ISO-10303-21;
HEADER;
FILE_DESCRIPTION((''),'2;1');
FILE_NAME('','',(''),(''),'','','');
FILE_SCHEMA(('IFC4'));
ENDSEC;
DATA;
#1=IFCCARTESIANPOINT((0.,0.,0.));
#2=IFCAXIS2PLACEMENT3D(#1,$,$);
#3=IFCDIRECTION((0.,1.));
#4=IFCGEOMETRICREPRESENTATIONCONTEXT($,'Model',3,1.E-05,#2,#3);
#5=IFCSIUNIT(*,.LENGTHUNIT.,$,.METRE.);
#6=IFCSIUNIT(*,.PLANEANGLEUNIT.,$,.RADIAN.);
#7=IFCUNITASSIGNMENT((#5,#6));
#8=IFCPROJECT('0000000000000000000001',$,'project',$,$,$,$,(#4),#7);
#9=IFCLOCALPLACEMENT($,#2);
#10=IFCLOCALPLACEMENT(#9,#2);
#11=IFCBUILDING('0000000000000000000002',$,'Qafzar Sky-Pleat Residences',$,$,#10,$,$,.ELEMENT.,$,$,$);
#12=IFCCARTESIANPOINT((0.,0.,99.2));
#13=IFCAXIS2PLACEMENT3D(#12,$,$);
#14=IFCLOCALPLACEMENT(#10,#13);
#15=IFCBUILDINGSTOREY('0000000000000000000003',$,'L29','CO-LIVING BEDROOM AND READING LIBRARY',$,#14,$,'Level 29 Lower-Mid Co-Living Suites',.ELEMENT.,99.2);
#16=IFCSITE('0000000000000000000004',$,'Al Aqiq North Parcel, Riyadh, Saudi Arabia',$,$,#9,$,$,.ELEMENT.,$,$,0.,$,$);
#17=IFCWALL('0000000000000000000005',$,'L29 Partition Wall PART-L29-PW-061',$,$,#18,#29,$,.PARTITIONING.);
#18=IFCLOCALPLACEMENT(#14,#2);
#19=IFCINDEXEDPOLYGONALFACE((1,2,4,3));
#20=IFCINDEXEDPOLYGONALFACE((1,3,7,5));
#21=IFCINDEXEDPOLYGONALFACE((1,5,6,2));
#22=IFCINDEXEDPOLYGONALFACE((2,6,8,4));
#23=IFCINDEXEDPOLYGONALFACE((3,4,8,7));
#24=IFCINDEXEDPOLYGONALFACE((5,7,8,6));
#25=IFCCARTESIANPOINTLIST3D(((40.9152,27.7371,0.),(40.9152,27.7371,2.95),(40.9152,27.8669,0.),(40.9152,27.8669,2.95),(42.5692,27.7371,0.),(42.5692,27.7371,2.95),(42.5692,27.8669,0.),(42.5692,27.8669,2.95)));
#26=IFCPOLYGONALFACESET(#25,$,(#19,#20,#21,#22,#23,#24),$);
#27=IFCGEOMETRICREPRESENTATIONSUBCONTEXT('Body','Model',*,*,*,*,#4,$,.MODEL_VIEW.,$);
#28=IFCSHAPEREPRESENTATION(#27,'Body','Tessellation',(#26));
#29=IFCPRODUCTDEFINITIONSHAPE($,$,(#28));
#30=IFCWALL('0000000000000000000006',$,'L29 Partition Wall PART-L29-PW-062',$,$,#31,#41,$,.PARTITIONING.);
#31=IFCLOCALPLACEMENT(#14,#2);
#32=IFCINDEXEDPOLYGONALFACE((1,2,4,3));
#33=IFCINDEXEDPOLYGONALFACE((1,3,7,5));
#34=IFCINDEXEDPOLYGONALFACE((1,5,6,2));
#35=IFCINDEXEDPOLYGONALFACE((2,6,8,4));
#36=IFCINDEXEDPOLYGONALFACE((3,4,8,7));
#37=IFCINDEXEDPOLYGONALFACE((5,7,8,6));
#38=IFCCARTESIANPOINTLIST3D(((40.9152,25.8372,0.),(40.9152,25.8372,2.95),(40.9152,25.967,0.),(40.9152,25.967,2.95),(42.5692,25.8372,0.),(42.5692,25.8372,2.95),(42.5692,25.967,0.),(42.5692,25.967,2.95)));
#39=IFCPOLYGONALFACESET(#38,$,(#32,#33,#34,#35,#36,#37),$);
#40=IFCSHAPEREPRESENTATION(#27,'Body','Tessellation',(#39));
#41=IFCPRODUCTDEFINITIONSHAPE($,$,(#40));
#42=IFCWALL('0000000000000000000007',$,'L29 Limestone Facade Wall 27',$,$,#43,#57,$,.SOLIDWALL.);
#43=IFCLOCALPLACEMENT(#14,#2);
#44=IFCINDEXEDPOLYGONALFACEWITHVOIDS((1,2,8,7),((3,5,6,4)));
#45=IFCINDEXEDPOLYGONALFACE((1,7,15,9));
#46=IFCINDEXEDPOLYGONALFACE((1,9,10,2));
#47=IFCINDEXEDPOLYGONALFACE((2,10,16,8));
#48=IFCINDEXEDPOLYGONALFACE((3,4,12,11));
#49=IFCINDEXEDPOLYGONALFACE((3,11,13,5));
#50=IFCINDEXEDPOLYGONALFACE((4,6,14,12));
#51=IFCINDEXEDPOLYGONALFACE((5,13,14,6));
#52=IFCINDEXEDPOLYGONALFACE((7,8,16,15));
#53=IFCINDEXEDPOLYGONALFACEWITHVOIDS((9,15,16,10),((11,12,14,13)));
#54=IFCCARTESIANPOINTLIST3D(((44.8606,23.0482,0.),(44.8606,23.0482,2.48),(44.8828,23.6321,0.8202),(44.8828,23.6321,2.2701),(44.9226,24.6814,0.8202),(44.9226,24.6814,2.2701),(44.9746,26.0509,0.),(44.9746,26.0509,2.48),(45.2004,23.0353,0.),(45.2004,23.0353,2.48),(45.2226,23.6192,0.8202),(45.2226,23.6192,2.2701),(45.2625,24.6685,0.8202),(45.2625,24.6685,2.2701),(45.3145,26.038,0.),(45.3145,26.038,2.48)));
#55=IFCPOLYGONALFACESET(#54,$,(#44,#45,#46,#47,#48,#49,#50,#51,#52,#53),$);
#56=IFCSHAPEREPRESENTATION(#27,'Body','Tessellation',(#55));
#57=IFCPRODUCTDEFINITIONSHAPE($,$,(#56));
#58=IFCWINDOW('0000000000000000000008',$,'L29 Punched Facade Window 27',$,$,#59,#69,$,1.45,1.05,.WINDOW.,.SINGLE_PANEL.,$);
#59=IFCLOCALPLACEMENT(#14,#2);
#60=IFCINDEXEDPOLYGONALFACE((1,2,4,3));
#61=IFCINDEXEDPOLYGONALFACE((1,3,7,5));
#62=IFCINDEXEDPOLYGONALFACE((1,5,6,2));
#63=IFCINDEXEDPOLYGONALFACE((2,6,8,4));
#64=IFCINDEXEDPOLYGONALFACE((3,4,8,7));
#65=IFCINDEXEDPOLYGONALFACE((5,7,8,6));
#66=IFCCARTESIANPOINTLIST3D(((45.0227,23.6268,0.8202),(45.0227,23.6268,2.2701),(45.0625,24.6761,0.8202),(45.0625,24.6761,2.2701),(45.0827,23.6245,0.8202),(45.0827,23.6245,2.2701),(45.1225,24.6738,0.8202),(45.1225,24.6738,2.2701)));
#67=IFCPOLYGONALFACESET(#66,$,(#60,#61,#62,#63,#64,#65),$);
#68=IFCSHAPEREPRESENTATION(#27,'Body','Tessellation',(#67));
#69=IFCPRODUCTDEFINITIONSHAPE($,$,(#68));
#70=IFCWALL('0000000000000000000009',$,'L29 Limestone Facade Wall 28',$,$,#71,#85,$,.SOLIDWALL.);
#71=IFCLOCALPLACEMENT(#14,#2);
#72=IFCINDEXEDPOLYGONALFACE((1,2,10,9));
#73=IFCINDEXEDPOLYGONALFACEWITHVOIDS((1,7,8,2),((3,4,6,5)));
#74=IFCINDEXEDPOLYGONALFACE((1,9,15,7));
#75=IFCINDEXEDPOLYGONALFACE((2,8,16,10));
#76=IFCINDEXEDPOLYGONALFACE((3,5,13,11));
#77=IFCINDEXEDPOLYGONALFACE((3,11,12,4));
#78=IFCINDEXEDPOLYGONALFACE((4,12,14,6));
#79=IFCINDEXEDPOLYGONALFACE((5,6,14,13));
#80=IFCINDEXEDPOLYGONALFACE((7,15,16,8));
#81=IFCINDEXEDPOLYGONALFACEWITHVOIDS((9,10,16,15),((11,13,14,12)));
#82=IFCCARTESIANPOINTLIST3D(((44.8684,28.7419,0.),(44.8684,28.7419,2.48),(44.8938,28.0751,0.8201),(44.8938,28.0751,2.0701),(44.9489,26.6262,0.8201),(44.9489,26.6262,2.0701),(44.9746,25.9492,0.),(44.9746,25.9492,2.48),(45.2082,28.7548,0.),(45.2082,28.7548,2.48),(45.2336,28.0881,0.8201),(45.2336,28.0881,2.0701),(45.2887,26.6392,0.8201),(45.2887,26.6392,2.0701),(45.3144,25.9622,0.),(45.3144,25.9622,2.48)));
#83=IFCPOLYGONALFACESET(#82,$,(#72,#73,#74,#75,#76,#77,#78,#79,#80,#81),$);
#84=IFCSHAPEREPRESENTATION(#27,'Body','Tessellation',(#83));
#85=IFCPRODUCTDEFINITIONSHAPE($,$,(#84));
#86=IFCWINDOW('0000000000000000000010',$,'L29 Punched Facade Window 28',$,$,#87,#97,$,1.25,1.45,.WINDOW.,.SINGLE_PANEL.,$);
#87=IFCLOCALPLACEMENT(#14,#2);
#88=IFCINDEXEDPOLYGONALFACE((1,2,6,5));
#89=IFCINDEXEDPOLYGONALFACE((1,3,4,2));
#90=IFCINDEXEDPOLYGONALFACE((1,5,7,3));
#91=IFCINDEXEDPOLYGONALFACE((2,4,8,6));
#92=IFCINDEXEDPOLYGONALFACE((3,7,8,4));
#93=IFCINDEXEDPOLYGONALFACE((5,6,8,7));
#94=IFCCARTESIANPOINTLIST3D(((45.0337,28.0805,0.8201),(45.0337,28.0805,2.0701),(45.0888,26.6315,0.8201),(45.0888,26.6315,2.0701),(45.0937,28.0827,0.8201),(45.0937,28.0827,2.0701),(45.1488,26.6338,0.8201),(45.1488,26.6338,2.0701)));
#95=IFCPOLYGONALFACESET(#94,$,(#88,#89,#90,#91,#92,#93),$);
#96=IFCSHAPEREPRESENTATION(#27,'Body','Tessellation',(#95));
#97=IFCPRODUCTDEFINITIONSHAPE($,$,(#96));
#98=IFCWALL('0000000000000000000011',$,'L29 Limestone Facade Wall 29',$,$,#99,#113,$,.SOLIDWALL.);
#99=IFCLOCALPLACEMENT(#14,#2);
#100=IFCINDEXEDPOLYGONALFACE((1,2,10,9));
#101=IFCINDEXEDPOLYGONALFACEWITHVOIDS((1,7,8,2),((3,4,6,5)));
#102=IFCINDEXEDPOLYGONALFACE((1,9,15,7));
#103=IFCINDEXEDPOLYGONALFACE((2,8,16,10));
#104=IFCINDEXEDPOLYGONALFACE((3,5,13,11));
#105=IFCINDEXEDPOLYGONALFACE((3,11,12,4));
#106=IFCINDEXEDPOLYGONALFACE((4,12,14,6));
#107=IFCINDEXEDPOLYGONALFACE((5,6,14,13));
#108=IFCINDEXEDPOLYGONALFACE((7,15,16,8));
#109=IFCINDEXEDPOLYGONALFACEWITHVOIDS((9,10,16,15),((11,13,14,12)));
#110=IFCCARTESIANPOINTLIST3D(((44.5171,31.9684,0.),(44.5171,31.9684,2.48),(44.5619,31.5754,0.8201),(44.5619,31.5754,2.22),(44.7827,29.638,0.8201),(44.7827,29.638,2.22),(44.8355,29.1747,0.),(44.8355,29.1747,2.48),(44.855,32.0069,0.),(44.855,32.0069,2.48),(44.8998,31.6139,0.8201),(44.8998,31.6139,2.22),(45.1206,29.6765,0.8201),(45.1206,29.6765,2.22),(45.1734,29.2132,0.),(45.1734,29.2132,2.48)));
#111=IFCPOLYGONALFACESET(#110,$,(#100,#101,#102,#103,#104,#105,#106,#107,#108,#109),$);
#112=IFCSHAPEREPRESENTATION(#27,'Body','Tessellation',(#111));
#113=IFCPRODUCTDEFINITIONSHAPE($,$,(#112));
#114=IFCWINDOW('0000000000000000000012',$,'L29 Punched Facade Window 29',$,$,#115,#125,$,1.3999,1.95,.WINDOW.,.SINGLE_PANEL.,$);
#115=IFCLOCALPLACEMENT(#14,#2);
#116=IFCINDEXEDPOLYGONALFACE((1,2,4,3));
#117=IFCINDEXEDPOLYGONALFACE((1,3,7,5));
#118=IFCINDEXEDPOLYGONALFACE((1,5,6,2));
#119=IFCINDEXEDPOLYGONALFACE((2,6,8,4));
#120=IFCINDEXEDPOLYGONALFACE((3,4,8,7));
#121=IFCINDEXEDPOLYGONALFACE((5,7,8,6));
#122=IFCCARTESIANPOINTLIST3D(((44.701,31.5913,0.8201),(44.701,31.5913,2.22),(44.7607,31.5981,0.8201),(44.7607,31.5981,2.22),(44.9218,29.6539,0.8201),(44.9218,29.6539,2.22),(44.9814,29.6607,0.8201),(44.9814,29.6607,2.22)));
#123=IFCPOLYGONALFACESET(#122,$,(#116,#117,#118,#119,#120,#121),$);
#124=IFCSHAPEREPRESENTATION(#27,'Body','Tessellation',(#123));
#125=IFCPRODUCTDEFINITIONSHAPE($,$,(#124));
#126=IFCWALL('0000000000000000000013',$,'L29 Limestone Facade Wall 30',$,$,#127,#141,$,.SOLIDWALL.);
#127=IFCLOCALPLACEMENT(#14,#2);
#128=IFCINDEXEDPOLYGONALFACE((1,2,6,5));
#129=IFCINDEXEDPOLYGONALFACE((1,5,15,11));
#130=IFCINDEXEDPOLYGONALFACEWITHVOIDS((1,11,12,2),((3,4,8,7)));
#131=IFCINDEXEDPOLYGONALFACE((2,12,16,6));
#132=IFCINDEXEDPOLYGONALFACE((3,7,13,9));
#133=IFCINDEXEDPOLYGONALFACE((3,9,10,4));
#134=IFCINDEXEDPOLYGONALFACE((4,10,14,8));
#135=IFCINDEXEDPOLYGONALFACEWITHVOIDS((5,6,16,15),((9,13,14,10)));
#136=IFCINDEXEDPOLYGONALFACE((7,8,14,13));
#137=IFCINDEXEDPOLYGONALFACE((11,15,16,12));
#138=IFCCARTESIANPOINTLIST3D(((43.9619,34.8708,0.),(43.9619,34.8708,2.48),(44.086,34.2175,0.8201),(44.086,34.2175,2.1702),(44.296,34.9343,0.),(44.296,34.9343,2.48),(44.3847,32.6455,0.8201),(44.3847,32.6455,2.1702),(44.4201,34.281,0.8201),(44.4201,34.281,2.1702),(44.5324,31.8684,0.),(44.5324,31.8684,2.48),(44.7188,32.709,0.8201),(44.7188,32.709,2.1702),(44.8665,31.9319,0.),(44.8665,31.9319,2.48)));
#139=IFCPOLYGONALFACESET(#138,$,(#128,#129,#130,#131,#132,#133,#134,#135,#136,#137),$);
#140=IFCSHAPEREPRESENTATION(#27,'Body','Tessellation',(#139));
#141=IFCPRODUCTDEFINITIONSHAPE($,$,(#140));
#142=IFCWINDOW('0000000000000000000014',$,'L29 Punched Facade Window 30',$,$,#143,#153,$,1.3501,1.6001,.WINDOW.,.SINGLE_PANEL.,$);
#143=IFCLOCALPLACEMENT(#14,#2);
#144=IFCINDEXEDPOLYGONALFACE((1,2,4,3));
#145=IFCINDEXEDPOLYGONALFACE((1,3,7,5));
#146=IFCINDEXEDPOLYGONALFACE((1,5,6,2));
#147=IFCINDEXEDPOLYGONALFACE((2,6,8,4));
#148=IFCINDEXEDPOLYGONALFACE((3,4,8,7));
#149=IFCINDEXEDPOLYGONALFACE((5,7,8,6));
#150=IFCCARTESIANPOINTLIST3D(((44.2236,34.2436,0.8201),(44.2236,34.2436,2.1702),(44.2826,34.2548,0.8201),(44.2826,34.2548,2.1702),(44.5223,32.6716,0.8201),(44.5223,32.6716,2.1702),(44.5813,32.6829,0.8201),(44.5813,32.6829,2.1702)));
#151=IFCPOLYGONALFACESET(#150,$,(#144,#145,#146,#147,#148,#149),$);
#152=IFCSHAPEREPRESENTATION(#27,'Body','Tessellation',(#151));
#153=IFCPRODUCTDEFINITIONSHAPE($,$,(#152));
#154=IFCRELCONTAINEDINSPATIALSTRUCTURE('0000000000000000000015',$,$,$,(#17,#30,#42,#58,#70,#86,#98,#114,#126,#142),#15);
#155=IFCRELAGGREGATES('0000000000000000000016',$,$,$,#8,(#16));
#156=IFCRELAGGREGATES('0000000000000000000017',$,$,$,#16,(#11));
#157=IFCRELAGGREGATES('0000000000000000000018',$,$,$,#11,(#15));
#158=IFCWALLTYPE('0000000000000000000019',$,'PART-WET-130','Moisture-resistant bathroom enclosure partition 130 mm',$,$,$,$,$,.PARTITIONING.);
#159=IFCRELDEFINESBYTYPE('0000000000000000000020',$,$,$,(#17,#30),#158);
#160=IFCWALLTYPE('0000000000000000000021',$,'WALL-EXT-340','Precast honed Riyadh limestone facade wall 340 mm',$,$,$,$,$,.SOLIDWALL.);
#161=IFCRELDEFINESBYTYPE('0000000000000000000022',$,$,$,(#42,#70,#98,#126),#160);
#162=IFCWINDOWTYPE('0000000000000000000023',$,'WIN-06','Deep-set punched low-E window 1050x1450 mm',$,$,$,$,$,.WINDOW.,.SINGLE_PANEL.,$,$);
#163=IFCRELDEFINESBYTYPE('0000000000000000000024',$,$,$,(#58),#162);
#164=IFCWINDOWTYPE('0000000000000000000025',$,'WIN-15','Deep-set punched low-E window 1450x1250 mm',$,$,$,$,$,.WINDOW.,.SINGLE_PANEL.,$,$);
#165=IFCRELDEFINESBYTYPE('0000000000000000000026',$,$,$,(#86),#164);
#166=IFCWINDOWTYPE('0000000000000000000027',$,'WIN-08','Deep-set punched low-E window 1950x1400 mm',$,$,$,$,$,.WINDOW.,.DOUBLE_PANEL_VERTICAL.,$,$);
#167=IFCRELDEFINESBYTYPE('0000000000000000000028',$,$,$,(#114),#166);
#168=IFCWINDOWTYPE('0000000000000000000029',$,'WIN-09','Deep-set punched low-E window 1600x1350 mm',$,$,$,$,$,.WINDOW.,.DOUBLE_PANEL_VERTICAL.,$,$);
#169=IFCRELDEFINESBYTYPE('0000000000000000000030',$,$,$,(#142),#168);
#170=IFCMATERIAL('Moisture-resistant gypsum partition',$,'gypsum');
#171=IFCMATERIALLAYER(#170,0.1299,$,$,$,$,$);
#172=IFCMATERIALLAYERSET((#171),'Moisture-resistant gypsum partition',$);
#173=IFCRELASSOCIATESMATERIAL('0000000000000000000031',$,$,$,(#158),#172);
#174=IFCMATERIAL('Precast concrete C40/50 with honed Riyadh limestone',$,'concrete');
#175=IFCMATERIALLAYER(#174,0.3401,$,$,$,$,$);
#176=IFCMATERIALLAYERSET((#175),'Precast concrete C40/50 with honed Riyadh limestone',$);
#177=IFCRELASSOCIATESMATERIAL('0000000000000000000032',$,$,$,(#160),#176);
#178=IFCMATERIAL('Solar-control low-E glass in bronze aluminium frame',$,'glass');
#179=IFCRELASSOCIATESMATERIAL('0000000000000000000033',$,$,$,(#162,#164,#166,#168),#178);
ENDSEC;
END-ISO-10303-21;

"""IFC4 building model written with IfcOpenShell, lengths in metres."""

from ifc_helpers import new_model, si_unit, direction, frame, frame_2d, origin, place, context, subcontext, project, spatial, rectangle, extrude, source, transform, mapped, material, layer, layer_set, type_object, element, fill, save


model = new_model("IFC4")

# Units and contexts
model_context = context("Model", 3, precision=1e-05, world=origin(), true_north=direction((0.0, 1.0)))
body_context = subcontext(model_context, "Body", "Model", "MODEL_VIEW")
ifc_project = project(units=[si_unit("LENGTHUNIT", "METRE"), si_unit("PLANEANGLEUNIT", "RADIAN")], contexts=[model_context])

# Site, building, storey
site_placement = place(None, origin())
site = spatial("IfcSite", under=ifc_project, at=site_placement, Name="Al Aqiq North Parcel, Riyadh, Saudi Arabia", CompositionType="ELEMENT", RefElevation=0.0)
building_placement = place(site_placement, origin())
building = spatial("IfcBuilding", under=site, at=building_placement, Name="Qafzar Sky-Pleat Residences", CompositionType="ELEMENT")
storey_placement = place(building_placement, frame((0.0, 0.0, 99.2)))
storey = spatial("IfcBuildingStorey", under=building, at=storey_placement, Name="L29", Description="CO-LIVING BEDROOM AND READING LIBRARY", LongName="Level 29 Lower-Mid Co-Living Suites", CompositionType="ELEMENT", Elevation=99.2)

# Shared definitions
ifc_material_1 = material(Name="Moisture-resistant gypsum partition", Category="gypsum")
ifc_layer_1 = layer(ifc_material_1, 0.1299)
ifc_layer_set_1 = layer_set([ifc_layer_1], Name="Moisture-resistant gypsum partition")
wall_type_1 = type_object("IfcWallType", Name="PART-WET-130", Description="Moisture-resistant bathroom enclosure partition 130 mm", PredefinedType="PARTITIONING", material=ifc_layer_set_1)

# Walls
for number, where, z_axis, x_axis, name in (
    (1, (40.915, 27.802, 0.0), (0.0, 0.0, 1.0), (1.0, 0.0, 0.0), "L29 Partition Wall PART-L29-PW-061"),
    (2, (40.915, 25.9021, 0.0), (0.0, 0.0, 1.0), (1.0, 0.0, 0.0), "L29 Partition Wall PART-L29-PW-062"),
):
    element("IfcWall", number, at=place(storey_placement, frame(where, z_axis=z_axis, x_axis=x_axis)), inside=storey, type_object=wall_type_1, Name=name, PredefinedType="PARTITIONING", context=body_context, shape_type="SweptSolid", body=[
        extrude(rectangle(XDim=1.6541, YDim=0.1299, at=frame_2d((0.8271, 0.0))), origin(), (0.0, 0.0, 1.0), 2.95),
    ])

# Walls, openings, windows
ifc_material_2 = material(Name="Precast concrete C40/50 with honed Riyadh limestone", Category="concrete")
ifc_layer_2 = layer(ifc_material_2, 0.3401)
ifc_layer_set_2 = layer_set([ifc_layer_2], Name="Precast concrete C40/50 with honed Riyadh limestone")
wall_type_2 = type_object("IfcWallType", Name="WALL-EXT-340", Description="Precast honed Riyadh limestone facade wall 340 mm", PredefinedType="SOLIDWALL", material=ifc_layer_set_2)
wall_1_placement = place(storey_placement, frame((45.0305, 23.0417, 0.0), z_axis=(0.0, 0.0, 1.0), x_axis=(0.037943, 0.99928, 0.0)))
wall_1 = element("IfcWall", 3, at=wall_1_placement, inside=storey, type_object=wall_type_2, Name="L29 Limestone Facade Wall 27", PredefinedType="SOLIDWALL", context=body_context, shape_type="SweptSolid", body=[
    extrude(rectangle(XDim=3.0049, YDim=0.3401, at=frame_2d((1.5024, 0.0))), origin(), (0.0, 0.0, 1.0), 2.48),
])
opening_1_placement = place(wall_1_placement, frame((0.5845, 0.0, 0.8201)))
opening_1 = element("IfcOpeningElement", 4, at=opening_1_placement, cuts=wall_1, PredefinedType="OPENING", context=body_context, shape_type="SweptSolid", body=[
    extrude(rectangle(XDim=1.05, YDim=1.45, at=frame_2d((0.5249, 0.7251))), frame((0.0, 0.1802, 0.0), z_axis=(0.0, -1.0, 0.0), x_axis=(1.0, 0.0, 0.0)), (0.0, 0.0, 1.0), 0.3601),
])
ifc_material_3 = material(Name="Solar-control low-E glass in bronze aluminium frame", Category="glass")
window_type_1 = type_object("IfcWindowType", Name="WIN-06", Description="Deep-set punched low-E window 1050x1450 mm", PartitioningType="SINGLE_PANEL", PredefinedType="WINDOW", material=ifc_material_3)
shared_shape_1 = source(origin(), body_context, "Body", "SweptSolid", [
    extrude(rectangle(XDim=1.05, YDim=1.45, at=frame_2d((0.5249, 0.7251))), frame((0.0, 0.03, 0.0), z_axis=(0.0, -1.0, 0.0), x_axis=(1.0, 0.0, 0.0)), (0.0, 0.0, 1.0), 0.0601),
])
window_1_placement = place(opening_1_placement, origin())
window_1 = element("IfcWindow", 5, at=window_1_placement, inside=storey, type_object=window_type_1, Name="L29 Punched Facade Window 27", OverallHeight=1.45, OverallWidth=1.05, PartitioningType="SINGLE_PANEL", PredefinedType="WINDOW", context=body_context, shape_type="MappedRepresentation", body=[
    mapped(shared_shape_1, transform((0.0, 0.0, 0.0), x_axis=(1.0, 0.0, 0.0), y_axis=(0.0, 1.0, 0.0), z_axis=(0.0, 0.0, 1.0), scale=1.0)),
])
fill(opening_1, window_1)
wall_2_placement = place(storey_placement, frame((45.1445, 25.9556, 0.0), z_axis=(0.0, 0.0, 1.0), x_axis=(-0.038, 0.999278, 0.0)))
wall_2 = element("IfcWall", 6, at=wall_2_placement, inside=storey, type_object=wall_type_2, Name="L29 Limestone Facade Wall 28", PredefinedType="SOLIDWALL", context=body_context, shape_type="SweptSolid", body=[
    extrude(rectangle(XDim=2.7947, YDim=0.3401, at=frame_2d((1.3975, 0.0))), origin(), (0.0, 0.0, 1.0), 2.48),
])
opening_2_placement = place(wall_2_placement, frame((0.6775, 0.0, 0.8201)))
opening_2 = element("IfcOpeningElement", 7, at=opening_2_placement, cuts=wall_2, PredefinedType="OPENING", context=body_context, shape_type="SweptSolid", body=[
    extrude(rectangle(XDim=1.45, YDim=1.25, at=frame_2d((0.7251, 0.625))), frame((0.0, 0.1802, 0.0), z_axis=(0.0, -1.0, 0.0), x_axis=(1.0, 0.0, 0.0)), (0.0, 0.0, 1.0), 0.3601),
])
window_type_2 = type_object("IfcWindowType", Name="WIN-15", Description="Deep-set punched low-E window 1450x1250 mm", PartitioningType="SINGLE_PANEL", PredefinedType="WINDOW", material=ifc_material_3)
shared_shape_2 = source(origin(), body_context, "Body", "SweptSolid", [
    extrude(rectangle(XDim=1.45, YDim=1.25, at=frame_2d((0.7251, 0.625))), frame((0.0, 0.03, 0.0), z_axis=(0.0, -1.0, 0.0), x_axis=(1.0, 0.0, 0.0)), (0.0, 0.0, 1.0), 0.0601),
])
window_2_placement = place(opening_2_placement, origin())
window_2 = element("IfcWindow", 8, at=window_2_placement, inside=storey, type_object=window_type_2, Name="L29 Punched Facade Window 28", OverallHeight=1.25, OverallWidth=1.45, PartitioningType="SINGLE_PANEL", PredefinedType="WINDOW", context=body_context, shape_type="MappedRepresentation", body=[
    mapped(shared_shape_2, transform((0.0, 0.0, 0.0), x_axis=(1.0, 0.0, 0.0), y_axis=(0.0, 1.0, 0.0), z_axis=(0.0, 0.0, 1.0), scale=1.0)),
])
fill(opening_2, window_2)
wall_3_placement = place(storey_placement, frame((45.0044, 29.1941, 0.0), z_axis=(0.0, 0.0, 1.0), x_axis=(-0.113223, 0.99357, 0.0)))
wall_3 = element("IfcWall", 9, at=wall_3_placement, inside=storey, type_object=wall_type_2, Name="L29 Limestone Facade Wall 29", PredefinedType="SOLIDWALL", context=body_context, shape_type="SweptSolid", body=[
    extrude(rectangle(XDim=2.8118, YDim=0.3401, at=frame_2d((1.4058, 0.0))), origin(), (0.0, 0.0, 1.0), 2.48),
])
opening_3_placement = place(wall_3_placement, frame((0.4661, 0.0, 0.8201)))
opening_3 = element("IfcOpeningElement", 10, at=opening_3_placement, cuts=wall_3, PredefinedType="OPENING", context=body_context, shape_type="SweptSolid", body=[
    extrude(rectangle(XDim=1.95, YDim=1.3999, at=frame_2d((0.9751, 0.7))), frame((0.0, 0.1802, 0.0), z_axis=(0.0, -1.0, 0.0), x_axis=(1.0, 0.0, 0.0)), (0.0, 0.0, 1.0), 0.3601),
])
window_type_3 = type_object("IfcWindowType", Name="WIN-08", Description="Deep-set punched low-E window 1950x1400 mm", PartitioningType="DOUBLE_PANEL_VERTICAL", PredefinedType="WINDOW", material=ifc_material_3)
shared_shape_3 = source(origin(), body_context, "Body", "SweptSolid", [
    extrude(rectangle(XDim=1.95, YDim=1.3999, at=frame_2d((0.9751, 0.7))), frame((0.0, 0.03, 0.0), z_axis=(0.0, -1.0, 0.0), x_axis=(1.0, 0.0, 0.0)), (0.0, 0.0, 1.0), 0.0601),
])
window_3_placement = place(opening_3_placement, origin())
window_3 = element("IfcWindow", 11, at=window_3_placement, inside=storey, type_object=window_type_3, Name="L29 Punched Facade Window 29", OverallHeight=1.3999, OverallWidth=1.95, PartitioningType="SINGLE_PANEL", PredefinedType="WINDOW", context=body_context, shape_type="MappedRepresentation", body=[
    mapped(shared_shape_3, transform((0.0, 0.0, 0.0), x_axis=(1.0, 0.0, 0.0), y_axis=(0.0, 1.0, 0.0), z_axis=(0.0, 0.0, 1.0), scale=1.0)),
])
fill(opening_3, window_3)
wall_4_placement = place(storey_placement, frame((44.6995, 31.9001, 0.0), z_axis=(0.0, 0.0, 1.0), x_axis=(-0.18669, 0.982419, 0.0)))
wall_4 = element("IfcWall", 12, at=wall_4_placement, inside=storey, type_object=wall_type_2, Name="L29 Limestone Facade Wall 30", PredefinedType="SOLIDWALL", context=body_context, shape_type="SweptSolid", body=[
    extrude(rectangle(XDim=3.0562, YDim=0.3401, at=frame_2d((1.5281, 0.0))), origin(), (0.0, 0.0, 1.0), 2.48),
])
opening_4_placement = place(wall_4_placement, frame((0.791, 0.0, 0.8201)))
opening_4 = element("IfcOpeningElement", 13, at=opening_4_placement, cuts=wall_4, PredefinedType="OPENING", context=body_context, shape_type="SweptSolid", body=[
    extrude(rectangle(XDim=1.6001, YDim=1.3501, at=frame_2d((0.8, 0.675))), frame((0.0, 0.1802, 0.0), z_axis=(0.0, -1.0, 0.0), x_axis=(1.0, 0.0, 0.0)), (0.0, 0.0, 1.0), 0.3601),
])
window_type_4 = type_object("IfcWindowType", Name="WIN-09", Description="Deep-set punched low-E window 1600x1350 mm", PartitioningType="DOUBLE_PANEL_VERTICAL", PredefinedType="WINDOW", material=ifc_material_3)
shared_shape_4 = source(origin(), body_context, "Body", "SweptSolid", [
    extrude(rectangle(XDim=1.6001, YDim=1.3501, at=frame_2d((0.8, 0.675))), frame((0.0, 0.03, 0.0), z_axis=(0.0, -1.0, 0.0), x_axis=(1.0, 0.0, 0.0)), (0.0, 0.0, 1.0), 0.0601),
])
window_4_placement = place(opening_4_placement, origin())
window_4 = element("IfcWindow", 14, at=window_4_placement, inside=storey, type_object=window_type_4, Name="L29 Punched Facade Window 30", OverallHeight=1.3501, OverallWidth=1.6001, PartitioningType="SINGLE_PANEL", PredefinedType="WINDOW", context=body_context, shape_type="MappedRepresentation", body=[
    mapped(shared_shape_4, transform((0.0, 0.0, 0.0), x_axis=(1.0, 0.0, 0.0), y_axis=(0.0, 1.0, 0.0), z_axis=(0.0, 0.0, 1.0), scale=1.0)),
])
fill(opening_4, window_4)

save(model, "model.ifc")
